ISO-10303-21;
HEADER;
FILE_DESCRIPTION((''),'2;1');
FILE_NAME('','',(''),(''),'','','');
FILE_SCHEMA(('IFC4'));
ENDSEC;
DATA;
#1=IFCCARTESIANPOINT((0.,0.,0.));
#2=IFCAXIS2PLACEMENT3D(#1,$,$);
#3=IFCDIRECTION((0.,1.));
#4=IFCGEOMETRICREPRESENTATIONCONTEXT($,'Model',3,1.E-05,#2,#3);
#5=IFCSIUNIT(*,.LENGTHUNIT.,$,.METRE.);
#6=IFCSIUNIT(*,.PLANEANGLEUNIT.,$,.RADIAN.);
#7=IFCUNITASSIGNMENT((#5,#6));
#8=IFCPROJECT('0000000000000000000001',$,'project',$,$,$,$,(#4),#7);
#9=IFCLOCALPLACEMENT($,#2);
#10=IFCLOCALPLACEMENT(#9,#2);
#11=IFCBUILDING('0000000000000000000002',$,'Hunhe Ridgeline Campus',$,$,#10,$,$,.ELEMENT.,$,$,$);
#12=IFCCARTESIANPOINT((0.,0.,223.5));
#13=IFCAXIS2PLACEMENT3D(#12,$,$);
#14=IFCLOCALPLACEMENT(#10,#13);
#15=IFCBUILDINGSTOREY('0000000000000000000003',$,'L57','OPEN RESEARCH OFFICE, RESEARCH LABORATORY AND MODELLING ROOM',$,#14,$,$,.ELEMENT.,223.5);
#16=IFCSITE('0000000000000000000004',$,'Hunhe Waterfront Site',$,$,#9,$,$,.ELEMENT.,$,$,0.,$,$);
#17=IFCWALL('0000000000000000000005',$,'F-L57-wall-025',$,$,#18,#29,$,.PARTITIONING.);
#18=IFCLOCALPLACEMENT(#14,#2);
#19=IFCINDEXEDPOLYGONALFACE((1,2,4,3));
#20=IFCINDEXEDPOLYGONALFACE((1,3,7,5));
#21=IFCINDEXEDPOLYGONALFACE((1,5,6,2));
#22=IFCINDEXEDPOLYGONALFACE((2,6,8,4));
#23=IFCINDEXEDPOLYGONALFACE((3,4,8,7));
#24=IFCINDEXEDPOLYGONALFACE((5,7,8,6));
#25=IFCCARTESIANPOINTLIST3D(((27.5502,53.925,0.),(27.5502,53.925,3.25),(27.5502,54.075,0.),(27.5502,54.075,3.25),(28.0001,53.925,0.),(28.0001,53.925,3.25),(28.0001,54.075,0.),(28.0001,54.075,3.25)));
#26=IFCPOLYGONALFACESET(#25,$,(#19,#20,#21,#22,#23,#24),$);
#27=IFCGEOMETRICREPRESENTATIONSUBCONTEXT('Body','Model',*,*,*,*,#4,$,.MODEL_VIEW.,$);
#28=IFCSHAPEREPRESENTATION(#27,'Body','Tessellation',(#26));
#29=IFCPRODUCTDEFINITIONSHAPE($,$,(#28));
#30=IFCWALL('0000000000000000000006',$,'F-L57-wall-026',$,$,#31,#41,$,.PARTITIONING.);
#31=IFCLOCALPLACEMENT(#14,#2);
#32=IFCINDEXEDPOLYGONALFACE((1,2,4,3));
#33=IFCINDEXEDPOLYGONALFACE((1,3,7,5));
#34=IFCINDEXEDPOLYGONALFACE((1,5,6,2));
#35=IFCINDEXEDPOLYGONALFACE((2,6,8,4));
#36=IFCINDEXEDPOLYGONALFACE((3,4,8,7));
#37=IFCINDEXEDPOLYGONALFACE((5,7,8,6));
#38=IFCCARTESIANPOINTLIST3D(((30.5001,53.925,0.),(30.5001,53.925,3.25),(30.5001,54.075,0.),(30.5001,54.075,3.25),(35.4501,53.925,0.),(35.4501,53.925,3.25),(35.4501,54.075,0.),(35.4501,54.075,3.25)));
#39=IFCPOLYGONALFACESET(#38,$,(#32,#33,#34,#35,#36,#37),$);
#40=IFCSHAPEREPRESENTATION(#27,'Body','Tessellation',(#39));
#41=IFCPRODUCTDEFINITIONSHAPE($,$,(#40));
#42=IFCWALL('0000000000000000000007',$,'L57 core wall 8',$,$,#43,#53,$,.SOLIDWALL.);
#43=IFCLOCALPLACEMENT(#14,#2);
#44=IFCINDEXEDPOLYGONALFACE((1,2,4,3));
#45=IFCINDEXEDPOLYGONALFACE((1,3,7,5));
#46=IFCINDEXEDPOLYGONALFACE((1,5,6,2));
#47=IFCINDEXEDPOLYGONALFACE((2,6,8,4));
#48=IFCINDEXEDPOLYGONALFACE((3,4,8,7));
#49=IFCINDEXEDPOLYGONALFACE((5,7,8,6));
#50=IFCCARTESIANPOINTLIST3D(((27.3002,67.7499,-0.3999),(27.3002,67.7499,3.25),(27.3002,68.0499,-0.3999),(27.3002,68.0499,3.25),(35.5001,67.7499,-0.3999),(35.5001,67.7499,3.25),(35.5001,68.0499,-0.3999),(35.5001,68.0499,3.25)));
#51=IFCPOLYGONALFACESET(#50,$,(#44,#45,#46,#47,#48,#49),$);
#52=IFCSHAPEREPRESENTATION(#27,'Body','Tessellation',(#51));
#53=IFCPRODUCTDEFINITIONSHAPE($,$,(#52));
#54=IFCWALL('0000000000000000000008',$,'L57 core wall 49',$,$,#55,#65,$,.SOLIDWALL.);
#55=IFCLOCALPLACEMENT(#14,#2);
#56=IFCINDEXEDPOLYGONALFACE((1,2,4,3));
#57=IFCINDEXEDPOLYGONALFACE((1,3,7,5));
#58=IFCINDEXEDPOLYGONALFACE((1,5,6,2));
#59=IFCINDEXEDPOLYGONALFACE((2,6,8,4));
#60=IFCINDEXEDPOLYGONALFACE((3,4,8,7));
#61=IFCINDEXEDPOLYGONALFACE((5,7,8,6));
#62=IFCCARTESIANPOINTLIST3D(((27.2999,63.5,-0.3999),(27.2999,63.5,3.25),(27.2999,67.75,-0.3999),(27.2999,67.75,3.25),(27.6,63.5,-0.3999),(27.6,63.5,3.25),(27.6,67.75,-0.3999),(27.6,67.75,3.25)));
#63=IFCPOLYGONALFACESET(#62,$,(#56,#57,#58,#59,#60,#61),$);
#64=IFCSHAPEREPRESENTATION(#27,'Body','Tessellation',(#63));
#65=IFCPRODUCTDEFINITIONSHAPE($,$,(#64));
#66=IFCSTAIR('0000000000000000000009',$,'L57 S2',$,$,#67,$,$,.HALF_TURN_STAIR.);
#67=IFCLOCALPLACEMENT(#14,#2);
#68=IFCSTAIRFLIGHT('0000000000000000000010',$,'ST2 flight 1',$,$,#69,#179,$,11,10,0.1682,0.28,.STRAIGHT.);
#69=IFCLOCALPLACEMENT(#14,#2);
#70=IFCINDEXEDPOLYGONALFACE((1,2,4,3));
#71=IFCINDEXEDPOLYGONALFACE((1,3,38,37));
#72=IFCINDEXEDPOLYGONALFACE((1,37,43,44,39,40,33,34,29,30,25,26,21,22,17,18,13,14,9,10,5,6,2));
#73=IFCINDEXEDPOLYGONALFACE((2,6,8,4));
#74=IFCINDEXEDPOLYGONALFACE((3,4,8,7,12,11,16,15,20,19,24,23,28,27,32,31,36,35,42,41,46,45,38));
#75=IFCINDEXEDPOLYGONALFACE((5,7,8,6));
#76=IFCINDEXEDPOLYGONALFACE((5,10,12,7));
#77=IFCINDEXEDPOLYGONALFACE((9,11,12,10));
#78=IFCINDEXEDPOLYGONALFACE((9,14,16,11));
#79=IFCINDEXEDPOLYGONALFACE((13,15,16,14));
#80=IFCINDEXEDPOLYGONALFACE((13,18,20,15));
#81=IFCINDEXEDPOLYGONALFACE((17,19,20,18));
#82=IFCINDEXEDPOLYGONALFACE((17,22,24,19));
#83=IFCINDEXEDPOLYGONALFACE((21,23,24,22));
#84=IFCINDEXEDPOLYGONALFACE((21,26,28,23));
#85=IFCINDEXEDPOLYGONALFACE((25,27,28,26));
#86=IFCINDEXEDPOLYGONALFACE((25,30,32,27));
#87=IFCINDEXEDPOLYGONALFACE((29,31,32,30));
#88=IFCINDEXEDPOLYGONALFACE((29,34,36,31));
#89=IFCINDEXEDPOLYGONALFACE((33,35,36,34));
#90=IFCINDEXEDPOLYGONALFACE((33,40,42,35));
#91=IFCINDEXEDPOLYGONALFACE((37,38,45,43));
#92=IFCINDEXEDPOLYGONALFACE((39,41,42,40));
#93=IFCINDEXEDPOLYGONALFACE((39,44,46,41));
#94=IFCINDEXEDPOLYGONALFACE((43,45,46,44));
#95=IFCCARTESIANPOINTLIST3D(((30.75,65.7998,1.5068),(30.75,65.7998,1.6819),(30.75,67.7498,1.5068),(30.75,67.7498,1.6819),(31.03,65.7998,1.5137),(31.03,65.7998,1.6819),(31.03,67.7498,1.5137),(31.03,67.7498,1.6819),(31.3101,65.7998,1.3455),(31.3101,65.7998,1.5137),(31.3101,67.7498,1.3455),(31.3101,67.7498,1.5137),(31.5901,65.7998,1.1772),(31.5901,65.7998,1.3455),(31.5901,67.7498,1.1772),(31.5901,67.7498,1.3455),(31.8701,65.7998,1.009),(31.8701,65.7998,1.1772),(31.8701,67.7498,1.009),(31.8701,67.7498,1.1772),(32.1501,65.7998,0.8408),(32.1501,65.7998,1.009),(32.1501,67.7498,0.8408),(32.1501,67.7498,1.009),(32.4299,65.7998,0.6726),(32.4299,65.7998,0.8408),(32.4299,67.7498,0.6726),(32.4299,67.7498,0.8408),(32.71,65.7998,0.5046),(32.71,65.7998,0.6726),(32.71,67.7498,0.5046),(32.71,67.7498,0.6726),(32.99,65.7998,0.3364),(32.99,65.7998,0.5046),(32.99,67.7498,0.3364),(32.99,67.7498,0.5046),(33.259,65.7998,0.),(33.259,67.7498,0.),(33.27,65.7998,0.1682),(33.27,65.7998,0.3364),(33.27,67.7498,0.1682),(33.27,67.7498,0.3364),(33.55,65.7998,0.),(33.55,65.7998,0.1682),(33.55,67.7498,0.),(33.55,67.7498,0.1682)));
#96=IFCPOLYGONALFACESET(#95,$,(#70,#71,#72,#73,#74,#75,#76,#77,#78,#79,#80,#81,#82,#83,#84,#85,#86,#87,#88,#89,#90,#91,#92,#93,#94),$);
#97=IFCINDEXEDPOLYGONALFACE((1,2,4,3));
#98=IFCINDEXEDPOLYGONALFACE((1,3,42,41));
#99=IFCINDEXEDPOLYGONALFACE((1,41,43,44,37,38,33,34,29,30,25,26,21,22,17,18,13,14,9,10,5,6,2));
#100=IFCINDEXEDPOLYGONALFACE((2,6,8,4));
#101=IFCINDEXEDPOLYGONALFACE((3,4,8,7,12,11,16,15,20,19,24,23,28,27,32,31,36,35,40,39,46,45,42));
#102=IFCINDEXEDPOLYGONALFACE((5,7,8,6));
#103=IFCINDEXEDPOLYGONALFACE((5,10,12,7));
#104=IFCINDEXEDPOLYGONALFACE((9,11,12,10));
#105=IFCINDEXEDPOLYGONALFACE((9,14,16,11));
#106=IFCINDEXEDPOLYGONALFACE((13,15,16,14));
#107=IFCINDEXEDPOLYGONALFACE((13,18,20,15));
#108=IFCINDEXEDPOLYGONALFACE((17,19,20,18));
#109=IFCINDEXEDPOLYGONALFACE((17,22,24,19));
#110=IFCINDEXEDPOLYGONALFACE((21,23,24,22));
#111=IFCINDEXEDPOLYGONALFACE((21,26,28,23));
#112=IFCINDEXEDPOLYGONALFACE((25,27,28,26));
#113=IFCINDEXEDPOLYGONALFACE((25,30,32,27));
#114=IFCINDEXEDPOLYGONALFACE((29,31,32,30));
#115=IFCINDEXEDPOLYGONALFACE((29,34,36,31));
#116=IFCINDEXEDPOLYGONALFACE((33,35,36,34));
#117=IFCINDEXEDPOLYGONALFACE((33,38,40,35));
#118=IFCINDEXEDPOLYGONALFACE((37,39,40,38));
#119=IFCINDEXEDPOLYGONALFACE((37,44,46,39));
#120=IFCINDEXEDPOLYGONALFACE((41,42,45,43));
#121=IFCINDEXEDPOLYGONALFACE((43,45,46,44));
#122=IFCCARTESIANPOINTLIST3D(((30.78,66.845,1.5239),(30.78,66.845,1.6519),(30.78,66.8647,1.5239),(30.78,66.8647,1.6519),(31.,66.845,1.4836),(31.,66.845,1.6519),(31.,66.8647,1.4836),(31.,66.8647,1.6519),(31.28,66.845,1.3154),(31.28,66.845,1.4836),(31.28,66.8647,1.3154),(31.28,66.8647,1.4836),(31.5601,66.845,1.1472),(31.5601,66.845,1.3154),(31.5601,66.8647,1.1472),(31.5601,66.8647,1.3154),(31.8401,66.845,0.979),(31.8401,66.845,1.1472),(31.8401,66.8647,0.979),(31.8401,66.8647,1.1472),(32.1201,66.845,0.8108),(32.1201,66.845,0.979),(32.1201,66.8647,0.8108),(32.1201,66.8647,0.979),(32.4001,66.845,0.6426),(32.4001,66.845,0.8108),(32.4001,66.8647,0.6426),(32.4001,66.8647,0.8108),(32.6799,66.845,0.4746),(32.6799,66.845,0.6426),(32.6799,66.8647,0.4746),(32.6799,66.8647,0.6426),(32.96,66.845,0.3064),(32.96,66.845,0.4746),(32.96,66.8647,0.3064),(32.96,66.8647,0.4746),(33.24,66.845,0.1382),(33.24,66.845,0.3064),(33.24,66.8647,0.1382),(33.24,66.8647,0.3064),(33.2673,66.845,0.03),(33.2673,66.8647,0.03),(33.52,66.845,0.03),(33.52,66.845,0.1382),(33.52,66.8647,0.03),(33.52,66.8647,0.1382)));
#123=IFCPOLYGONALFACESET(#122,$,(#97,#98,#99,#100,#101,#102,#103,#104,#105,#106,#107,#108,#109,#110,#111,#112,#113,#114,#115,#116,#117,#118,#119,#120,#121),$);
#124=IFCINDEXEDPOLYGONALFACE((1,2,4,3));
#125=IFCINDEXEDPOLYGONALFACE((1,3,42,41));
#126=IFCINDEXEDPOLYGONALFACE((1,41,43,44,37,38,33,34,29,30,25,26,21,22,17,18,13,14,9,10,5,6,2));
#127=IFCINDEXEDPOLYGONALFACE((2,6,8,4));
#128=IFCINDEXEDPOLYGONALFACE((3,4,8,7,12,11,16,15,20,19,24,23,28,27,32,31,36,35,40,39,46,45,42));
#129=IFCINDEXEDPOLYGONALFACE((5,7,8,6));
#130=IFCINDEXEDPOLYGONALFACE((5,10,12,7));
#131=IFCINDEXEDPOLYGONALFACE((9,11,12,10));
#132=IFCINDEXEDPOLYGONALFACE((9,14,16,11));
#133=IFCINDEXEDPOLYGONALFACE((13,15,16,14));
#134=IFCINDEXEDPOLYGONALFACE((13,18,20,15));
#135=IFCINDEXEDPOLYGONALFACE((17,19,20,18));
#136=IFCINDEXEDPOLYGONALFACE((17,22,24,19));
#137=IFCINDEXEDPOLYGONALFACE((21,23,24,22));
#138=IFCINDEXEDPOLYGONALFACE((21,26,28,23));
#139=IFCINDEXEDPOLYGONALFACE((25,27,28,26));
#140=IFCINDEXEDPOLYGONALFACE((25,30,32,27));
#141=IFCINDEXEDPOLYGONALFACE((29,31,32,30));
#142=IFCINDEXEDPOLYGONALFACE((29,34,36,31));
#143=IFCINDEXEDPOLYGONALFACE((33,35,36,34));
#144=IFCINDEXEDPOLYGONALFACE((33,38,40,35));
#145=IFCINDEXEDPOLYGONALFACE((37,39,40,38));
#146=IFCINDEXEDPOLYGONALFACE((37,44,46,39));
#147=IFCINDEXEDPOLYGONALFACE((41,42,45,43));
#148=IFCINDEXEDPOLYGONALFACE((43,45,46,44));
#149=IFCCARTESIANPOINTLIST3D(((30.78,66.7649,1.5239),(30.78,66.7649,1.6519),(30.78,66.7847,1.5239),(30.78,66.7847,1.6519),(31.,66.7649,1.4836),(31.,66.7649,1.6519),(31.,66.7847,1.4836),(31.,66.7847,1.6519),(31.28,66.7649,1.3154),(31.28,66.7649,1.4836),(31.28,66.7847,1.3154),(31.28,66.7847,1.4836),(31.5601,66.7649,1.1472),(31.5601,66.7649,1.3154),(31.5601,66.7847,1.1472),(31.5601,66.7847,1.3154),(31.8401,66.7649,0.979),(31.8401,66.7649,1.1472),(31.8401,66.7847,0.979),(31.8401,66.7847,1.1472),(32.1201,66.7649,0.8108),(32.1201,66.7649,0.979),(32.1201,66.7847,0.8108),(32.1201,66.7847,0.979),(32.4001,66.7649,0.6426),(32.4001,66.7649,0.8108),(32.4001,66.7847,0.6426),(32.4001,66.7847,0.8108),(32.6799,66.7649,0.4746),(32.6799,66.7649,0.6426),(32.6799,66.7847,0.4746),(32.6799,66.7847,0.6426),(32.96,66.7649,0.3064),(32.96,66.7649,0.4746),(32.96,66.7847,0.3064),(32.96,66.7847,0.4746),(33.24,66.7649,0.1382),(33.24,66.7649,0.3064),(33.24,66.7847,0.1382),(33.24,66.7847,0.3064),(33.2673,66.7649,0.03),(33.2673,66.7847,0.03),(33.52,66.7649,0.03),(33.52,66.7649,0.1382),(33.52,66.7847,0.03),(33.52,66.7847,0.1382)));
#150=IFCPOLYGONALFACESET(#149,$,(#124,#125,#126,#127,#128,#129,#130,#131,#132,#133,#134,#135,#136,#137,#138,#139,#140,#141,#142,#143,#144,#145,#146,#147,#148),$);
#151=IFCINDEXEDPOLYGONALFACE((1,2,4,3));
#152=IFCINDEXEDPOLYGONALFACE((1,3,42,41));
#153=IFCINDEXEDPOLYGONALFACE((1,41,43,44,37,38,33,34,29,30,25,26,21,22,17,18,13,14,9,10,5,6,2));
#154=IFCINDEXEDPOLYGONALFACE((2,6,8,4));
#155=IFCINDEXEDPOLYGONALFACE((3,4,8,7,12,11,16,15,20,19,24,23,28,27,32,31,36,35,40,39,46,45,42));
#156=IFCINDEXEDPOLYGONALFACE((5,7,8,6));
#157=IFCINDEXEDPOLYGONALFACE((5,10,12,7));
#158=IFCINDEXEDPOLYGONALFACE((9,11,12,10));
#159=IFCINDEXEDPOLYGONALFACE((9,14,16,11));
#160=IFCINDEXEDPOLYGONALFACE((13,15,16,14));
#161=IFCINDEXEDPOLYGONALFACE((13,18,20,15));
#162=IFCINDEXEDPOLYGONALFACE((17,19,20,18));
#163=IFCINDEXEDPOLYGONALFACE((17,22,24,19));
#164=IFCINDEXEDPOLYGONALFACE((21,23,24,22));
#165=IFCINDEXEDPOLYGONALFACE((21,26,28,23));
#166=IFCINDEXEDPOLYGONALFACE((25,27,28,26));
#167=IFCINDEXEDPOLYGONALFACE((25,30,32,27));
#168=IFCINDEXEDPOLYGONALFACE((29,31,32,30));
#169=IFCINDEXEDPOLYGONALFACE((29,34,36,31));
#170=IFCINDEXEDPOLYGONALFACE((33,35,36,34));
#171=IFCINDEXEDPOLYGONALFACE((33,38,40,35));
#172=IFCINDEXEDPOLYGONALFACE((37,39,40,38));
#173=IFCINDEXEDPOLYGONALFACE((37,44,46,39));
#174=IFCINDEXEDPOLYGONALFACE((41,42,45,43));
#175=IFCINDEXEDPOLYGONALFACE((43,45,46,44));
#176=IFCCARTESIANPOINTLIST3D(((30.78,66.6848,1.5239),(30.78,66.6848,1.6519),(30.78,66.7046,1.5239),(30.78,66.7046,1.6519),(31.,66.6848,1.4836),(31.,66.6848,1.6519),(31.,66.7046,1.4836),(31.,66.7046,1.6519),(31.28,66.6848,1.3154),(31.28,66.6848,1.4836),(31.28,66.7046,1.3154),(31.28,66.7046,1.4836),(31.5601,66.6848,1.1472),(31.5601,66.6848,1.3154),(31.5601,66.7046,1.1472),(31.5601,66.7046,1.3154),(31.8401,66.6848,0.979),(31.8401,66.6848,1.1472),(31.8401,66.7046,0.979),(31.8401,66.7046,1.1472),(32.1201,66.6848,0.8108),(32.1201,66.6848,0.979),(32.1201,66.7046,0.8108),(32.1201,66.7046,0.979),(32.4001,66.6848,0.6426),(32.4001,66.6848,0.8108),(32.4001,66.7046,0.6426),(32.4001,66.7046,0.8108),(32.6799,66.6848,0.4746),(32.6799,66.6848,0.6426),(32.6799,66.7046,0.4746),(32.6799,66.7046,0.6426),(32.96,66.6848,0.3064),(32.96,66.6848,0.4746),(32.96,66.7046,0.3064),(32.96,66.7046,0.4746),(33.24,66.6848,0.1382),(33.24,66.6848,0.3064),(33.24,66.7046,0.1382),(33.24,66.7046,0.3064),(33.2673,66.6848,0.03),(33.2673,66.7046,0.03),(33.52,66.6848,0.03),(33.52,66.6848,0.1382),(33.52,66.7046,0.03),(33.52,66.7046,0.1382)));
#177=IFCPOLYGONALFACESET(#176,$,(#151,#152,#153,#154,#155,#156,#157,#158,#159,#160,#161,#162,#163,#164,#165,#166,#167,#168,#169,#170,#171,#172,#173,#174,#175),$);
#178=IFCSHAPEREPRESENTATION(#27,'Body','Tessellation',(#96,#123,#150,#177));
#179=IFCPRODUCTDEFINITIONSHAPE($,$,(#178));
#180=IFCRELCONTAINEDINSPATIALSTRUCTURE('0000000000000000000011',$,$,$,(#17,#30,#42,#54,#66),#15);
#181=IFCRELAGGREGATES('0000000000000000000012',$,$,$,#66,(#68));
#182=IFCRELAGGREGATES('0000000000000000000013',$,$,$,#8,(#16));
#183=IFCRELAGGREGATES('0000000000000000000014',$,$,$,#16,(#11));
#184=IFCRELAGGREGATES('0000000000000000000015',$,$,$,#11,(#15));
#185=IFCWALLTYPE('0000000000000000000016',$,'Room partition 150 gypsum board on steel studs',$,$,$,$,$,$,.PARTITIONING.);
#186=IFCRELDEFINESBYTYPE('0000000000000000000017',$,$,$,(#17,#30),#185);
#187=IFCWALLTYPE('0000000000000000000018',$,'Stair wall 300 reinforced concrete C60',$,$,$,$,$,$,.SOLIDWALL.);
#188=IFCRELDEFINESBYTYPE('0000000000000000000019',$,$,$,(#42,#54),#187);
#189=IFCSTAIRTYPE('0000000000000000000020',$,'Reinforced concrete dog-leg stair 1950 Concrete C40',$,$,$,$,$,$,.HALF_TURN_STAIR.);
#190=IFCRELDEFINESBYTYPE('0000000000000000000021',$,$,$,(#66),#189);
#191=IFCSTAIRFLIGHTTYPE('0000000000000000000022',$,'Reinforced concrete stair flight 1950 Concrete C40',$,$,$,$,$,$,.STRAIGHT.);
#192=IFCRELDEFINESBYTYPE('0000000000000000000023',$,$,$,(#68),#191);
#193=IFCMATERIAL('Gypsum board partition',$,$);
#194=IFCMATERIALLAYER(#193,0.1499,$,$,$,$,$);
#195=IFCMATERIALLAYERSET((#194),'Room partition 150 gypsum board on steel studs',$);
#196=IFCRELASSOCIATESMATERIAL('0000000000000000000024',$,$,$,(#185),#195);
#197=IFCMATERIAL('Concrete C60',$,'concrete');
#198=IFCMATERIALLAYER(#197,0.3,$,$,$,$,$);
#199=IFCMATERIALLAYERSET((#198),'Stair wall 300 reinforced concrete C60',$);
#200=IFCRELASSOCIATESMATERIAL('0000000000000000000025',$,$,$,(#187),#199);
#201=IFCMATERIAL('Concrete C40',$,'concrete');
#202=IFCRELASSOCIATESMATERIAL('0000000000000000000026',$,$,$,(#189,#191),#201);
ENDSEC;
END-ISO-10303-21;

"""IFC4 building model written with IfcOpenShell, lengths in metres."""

from ifc_helpers import new_model, si_unit, direction, frame, frame_2d, origin, place, context, subcontext, project, spatial, polyline, rectangle, outline, extrude, material, layer, layer_set, type_object, element, aggregate, save


model = new_model("IFC4")

# Units and contexts
model_context = context("Model", 3, precision=1e-05, world=origin(), true_north=direction((0.0, 1.0)))
body_context = subcontext(model_context, "Body", "Model", "MODEL_VIEW")
ifc_project = project(units=[si_unit("LENGTHUNIT", "METRE"), si_unit("PLANEANGLEUNIT", "RADIAN")], contexts=[model_context])

# Site, building, storey
site_placement = place(None, origin())
site = spatial("IfcSite", under=ifc_project, at=site_placement, Name="Hunhe Waterfront Site", CompositionType="ELEMENT", RefElevation=0.0)
building_placement = place(site_placement, origin())
building = spatial("IfcBuilding", under=site, at=building_placement, Name="Hunhe Ridgeline Campus", CompositionType="ELEMENT")
storey_placement = place(building_placement, frame((0.0, 0.0, 223.5)))
storey = spatial("IfcBuildingStorey", under=building, at=storey_placement, Name="L57", Description="OPEN RESEARCH OFFICE, RESEARCH LABORATORY AND MODELLING ROOM", CompositionType="ELEMENT", Elevation=223.5)

# Shared definitions
ifc_material_1 = material(Name="Concrete C60", Category="concrete")

# Shared definitions
ifc_material_2 = material(Name="Gypsum board partition")

# Walls
ifc_layer_1 = layer(ifc_material_2, 0.1499)
ifc_layer_set_1 = layer_set([ifc_layer_1], Name="Room partition 150 gypsum board on steel studs")
wall_type_1 = type_object("IfcWallType", Name="Room partition 150 gypsum board on steel studs", PredefinedType="PARTITIONING", material=ifc_layer_set_1)
wall_1_placement = place(storey_placement, frame((27.55, 54.0, 0.0), z_axis=(0.0, 0.0, 1.0), x_axis=(1.0, 0.0, 0.0)))
element("IfcWall", 1, at=wall_1_placement, inside=storey, type_object=wall_type_1, Name="F-L57-wall-025", PredefinedType="PARTITIONING", context=body_context, shape_type="SweptSolid", body=[
    extrude(rectangle(XDim=0.45, YDim=0.1499, at=frame_2d((0.2251, 0.0))), origin(), (0.0, 0.0, 1.0), 3.25),
])
wall_2_placement = place(storey_placement, frame((30.5, 54.0, 0.0), z_axis=(0.0, 0.0, 1.0), x_axis=(1.0, 0.0, 0.0)))
element("IfcWall", 2, at=wall_2_placement, inside=storey, type_object=wall_type_1, Name="F-L57-wall-026", PredefinedType="PARTITIONING", context=body_context, shape_type="SweptSolid", body=[
    extrude(rectangle(XDim=4.95, YDim=0.1499, at=frame_2d((2.4751, 0.0))), origin(), (0.0, 0.0, 1.0), 3.25),
])
ifc_layer_2 = layer(ifc_material_1, 0.3)
ifc_layer_set_2 = layer_set([ifc_layer_2], Name="Stair wall 300 reinforced concrete C60")
wall_type_2 = type_object("IfcWallType", Name="Stair wall 300 reinforced concrete C60", PredefinedType="SOLIDWALL", material=ifc_layer_set_2)
wall_3_placement = place(storey_placement, frame((27.3, 67.8999, -0.3999), z_axis=(0.0, 0.0, 1.0), x_axis=(1.0, 0.0, 0.0)))
element("IfcWall", 3, at=wall_3_placement, inside=storey, type_object=wall_type_2, Name="L57 core wall 8", PredefinedType="SOLIDWALL", context=body_context, shape_type="SweptSolid", body=[
    extrude(rectangle(XDim=8.2, YDim=0.3, at=frame_2d((4.1001, 0.0))), origin(), (0.0, 0.0, 1.0), 3.6499),
])
wall_4_placement = place(storey_placement, frame((27.45, 63.5, -0.3999), z_axis=(0.0, 0.0, 1.0), x_axis=(0.0, 1.0, 0.0)))
element("IfcWall", 4, at=wall_4_placement, inside=storey, type_object=wall_type_2, Name="L57 core wall 49", PredefinedType="SOLIDWALL", context=body_context, shape_type="SweptSolid", body=[
    extrude(rectangle(XDim=4.25, YDim=0.3, at=frame_2d((2.125, 0.0))), origin(), (0.0, 0.0, 1.0), 3.6499),
])

# Stair, stair flight
ifc_material_3 = material(Name="Concrete C40", Category="concrete")
stair_type = type_object("IfcStairType", Name="Reinforced concrete dog-leg stair 1950 Concrete C40", PredefinedType="HALF_TURN_STAIR", material=ifc_material_3)
stair_placement = place(storey_placement, origin())
stair = element("IfcStair", 5, at=stair_placement, inside=storey, type_object=stair_type, Name="L57 S2", PredefinedType="HALF_TURN_STAIR")
stair_flight_type = type_object("IfcStairFlightType", Name="Reinforced concrete stair flight 1950 Concrete C40", PredefinedType="STRAIGHT", material=ifc_material_3)
stair_flight_1_placement = place(storey_placement, frame((33.55, 66.7749, 0.0), z_axis=(0.0, 0.0, 1.0), x_axis=(-1.0, 0.0, 0.0)))
stair_flight_1 = element("IfcStairFlight", 6, at=stair_flight_1_placement, type_object=stair_flight_type, Name="ST2 flight 1", NumberOfRisers=11, NumberOfTreads=10, PredefinedType="STRAIGHT", RiserHeight=0.1682, TreadLength=0.28, context=body_context, shape_type="SweptSolid", body=[
    extrude(outline(polyline([(0.0, 0.0), (0.0, 0.1682), (0.28, 0.1682), (0.28, 0.3364), (0.5601, 0.3364), (0.5601, 0.5046), (0.8401, 0.5046), (0.8401, 0.6726), (1.1201, 0.6726), (1.1201, 0.8408), (1.3999, 0.8408), (1.3999, 1.009), (1.6799, 1.009), (1.6799, 1.1772), (1.96, 1.1772), (1.96, 1.3455), (2.24, 1.3455), (2.24, 1.5137), (2.52, 1.5137), (2.52, 1.6819), (2.8, 1.6819), (2.8, 1.8501), (2.8, 1.5068), (0.291, 0.0), (0.0, 0.0)])), frame((0.0, 0.9751, 0.0), z_axis=(0.0, -1.0, 0.0), x_axis=(1.0, 0.0, 0.0)), (0.0, 0.0, 1.0), 1.95),
    extrude(outline(polyline([(0.03, 0.03), (0.03, 0.1382), (0.3101, 0.1382), (0.3101, 0.3064), (0.5901, 0.3064), (0.5901, 0.4746), (0.8701, 0.4746), (0.8701, 0.6426), (1.1499, 0.6426), (1.1499, 0.8108), (1.4299, 0.8108), (1.4299, 0.979), (1.71, 0.979), (1.71, 1.1472), (1.99, 1.1472), (1.99, 1.3154), (2.27, 1.3154), (2.27, 1.4836), (2.55, 1.4836), (2.55, 1.6519), (2.77, 1.6519), (2.77, 1.5239), (0.2827, 0.03), (0.03, 0.03)])), frame((0.0, -0.0701, 0.0), z_axis=(0.0, -1.0, 0.0), x_axis=(1.0, 0.0, 0.0)), (0.0, 0.0, 1.0), 0.0198),
    extrude(outline(polyline([(0.03, 0.03), (0.03, 0.1382), (0.3101, 0.1382), (0.3101, 0.3064), (0.5901, 0.3064), (0.5901, 0.4746), (0.8701, 0.4746), (0.8701, 0.6426), (1.1499, 0.6426), (1.1499, 0.8108), (1.4299, 0.8108), (1.4299, 0.979), (1.71, 0.979), (1.71, 1.1472), (1.99, 1.1472), (1.99, 1.3154), (2.27, 1.3154), (2.27, 1.4836), (2.55, 1.4836), (2.55, 1.6519), (2.77, 1.6519), (2.77, 1.5239), (0.2827, 0.03), (0.03, 0.03)])), frame((0.0, 0.01, 0.0), z_axis=(0.0, -1.0, 0.0), x_axis=(1.0, 0.0, 0.0)), (0.0, 0.0, 1.0), 0.0198),
    extrude(outline(polyline([(0.03, 0.03), (0.03, 0.1382), (0.3101, 0.1382), (0.3101, 0.3064), (0.5901, 0.3064), (0.5901, 0.4746), (0.8701, 0.4746), (0.8701, 0.6426), (1.1499, 0.6426), (1.1499, 0.8108), (1.4299, 0.8108), (1.4299, 0.979), (1.71, 0.979), (1.71, 1.1472), (1.99, 1.1472), (1.99, 1.3154), (2.27, 1.3154), (2.27, 1.4836), (2.55, 1.4836), (2.55, 1.6519), (2.77, 1.6519), (2.77, 1.5239), (0.2827, 0.03), (0.03, 0.03)])), frame((0.0, 0.0901, 0.0), z_axis=(0.0, -1.0, 0.0), x_axis=(1.0, 0.0, 0.0)), (0.0, 0.0, 1.0), 0.0198),
])
aggregate(stair, [stair_flight_1])

save(model, "model.ifc")
